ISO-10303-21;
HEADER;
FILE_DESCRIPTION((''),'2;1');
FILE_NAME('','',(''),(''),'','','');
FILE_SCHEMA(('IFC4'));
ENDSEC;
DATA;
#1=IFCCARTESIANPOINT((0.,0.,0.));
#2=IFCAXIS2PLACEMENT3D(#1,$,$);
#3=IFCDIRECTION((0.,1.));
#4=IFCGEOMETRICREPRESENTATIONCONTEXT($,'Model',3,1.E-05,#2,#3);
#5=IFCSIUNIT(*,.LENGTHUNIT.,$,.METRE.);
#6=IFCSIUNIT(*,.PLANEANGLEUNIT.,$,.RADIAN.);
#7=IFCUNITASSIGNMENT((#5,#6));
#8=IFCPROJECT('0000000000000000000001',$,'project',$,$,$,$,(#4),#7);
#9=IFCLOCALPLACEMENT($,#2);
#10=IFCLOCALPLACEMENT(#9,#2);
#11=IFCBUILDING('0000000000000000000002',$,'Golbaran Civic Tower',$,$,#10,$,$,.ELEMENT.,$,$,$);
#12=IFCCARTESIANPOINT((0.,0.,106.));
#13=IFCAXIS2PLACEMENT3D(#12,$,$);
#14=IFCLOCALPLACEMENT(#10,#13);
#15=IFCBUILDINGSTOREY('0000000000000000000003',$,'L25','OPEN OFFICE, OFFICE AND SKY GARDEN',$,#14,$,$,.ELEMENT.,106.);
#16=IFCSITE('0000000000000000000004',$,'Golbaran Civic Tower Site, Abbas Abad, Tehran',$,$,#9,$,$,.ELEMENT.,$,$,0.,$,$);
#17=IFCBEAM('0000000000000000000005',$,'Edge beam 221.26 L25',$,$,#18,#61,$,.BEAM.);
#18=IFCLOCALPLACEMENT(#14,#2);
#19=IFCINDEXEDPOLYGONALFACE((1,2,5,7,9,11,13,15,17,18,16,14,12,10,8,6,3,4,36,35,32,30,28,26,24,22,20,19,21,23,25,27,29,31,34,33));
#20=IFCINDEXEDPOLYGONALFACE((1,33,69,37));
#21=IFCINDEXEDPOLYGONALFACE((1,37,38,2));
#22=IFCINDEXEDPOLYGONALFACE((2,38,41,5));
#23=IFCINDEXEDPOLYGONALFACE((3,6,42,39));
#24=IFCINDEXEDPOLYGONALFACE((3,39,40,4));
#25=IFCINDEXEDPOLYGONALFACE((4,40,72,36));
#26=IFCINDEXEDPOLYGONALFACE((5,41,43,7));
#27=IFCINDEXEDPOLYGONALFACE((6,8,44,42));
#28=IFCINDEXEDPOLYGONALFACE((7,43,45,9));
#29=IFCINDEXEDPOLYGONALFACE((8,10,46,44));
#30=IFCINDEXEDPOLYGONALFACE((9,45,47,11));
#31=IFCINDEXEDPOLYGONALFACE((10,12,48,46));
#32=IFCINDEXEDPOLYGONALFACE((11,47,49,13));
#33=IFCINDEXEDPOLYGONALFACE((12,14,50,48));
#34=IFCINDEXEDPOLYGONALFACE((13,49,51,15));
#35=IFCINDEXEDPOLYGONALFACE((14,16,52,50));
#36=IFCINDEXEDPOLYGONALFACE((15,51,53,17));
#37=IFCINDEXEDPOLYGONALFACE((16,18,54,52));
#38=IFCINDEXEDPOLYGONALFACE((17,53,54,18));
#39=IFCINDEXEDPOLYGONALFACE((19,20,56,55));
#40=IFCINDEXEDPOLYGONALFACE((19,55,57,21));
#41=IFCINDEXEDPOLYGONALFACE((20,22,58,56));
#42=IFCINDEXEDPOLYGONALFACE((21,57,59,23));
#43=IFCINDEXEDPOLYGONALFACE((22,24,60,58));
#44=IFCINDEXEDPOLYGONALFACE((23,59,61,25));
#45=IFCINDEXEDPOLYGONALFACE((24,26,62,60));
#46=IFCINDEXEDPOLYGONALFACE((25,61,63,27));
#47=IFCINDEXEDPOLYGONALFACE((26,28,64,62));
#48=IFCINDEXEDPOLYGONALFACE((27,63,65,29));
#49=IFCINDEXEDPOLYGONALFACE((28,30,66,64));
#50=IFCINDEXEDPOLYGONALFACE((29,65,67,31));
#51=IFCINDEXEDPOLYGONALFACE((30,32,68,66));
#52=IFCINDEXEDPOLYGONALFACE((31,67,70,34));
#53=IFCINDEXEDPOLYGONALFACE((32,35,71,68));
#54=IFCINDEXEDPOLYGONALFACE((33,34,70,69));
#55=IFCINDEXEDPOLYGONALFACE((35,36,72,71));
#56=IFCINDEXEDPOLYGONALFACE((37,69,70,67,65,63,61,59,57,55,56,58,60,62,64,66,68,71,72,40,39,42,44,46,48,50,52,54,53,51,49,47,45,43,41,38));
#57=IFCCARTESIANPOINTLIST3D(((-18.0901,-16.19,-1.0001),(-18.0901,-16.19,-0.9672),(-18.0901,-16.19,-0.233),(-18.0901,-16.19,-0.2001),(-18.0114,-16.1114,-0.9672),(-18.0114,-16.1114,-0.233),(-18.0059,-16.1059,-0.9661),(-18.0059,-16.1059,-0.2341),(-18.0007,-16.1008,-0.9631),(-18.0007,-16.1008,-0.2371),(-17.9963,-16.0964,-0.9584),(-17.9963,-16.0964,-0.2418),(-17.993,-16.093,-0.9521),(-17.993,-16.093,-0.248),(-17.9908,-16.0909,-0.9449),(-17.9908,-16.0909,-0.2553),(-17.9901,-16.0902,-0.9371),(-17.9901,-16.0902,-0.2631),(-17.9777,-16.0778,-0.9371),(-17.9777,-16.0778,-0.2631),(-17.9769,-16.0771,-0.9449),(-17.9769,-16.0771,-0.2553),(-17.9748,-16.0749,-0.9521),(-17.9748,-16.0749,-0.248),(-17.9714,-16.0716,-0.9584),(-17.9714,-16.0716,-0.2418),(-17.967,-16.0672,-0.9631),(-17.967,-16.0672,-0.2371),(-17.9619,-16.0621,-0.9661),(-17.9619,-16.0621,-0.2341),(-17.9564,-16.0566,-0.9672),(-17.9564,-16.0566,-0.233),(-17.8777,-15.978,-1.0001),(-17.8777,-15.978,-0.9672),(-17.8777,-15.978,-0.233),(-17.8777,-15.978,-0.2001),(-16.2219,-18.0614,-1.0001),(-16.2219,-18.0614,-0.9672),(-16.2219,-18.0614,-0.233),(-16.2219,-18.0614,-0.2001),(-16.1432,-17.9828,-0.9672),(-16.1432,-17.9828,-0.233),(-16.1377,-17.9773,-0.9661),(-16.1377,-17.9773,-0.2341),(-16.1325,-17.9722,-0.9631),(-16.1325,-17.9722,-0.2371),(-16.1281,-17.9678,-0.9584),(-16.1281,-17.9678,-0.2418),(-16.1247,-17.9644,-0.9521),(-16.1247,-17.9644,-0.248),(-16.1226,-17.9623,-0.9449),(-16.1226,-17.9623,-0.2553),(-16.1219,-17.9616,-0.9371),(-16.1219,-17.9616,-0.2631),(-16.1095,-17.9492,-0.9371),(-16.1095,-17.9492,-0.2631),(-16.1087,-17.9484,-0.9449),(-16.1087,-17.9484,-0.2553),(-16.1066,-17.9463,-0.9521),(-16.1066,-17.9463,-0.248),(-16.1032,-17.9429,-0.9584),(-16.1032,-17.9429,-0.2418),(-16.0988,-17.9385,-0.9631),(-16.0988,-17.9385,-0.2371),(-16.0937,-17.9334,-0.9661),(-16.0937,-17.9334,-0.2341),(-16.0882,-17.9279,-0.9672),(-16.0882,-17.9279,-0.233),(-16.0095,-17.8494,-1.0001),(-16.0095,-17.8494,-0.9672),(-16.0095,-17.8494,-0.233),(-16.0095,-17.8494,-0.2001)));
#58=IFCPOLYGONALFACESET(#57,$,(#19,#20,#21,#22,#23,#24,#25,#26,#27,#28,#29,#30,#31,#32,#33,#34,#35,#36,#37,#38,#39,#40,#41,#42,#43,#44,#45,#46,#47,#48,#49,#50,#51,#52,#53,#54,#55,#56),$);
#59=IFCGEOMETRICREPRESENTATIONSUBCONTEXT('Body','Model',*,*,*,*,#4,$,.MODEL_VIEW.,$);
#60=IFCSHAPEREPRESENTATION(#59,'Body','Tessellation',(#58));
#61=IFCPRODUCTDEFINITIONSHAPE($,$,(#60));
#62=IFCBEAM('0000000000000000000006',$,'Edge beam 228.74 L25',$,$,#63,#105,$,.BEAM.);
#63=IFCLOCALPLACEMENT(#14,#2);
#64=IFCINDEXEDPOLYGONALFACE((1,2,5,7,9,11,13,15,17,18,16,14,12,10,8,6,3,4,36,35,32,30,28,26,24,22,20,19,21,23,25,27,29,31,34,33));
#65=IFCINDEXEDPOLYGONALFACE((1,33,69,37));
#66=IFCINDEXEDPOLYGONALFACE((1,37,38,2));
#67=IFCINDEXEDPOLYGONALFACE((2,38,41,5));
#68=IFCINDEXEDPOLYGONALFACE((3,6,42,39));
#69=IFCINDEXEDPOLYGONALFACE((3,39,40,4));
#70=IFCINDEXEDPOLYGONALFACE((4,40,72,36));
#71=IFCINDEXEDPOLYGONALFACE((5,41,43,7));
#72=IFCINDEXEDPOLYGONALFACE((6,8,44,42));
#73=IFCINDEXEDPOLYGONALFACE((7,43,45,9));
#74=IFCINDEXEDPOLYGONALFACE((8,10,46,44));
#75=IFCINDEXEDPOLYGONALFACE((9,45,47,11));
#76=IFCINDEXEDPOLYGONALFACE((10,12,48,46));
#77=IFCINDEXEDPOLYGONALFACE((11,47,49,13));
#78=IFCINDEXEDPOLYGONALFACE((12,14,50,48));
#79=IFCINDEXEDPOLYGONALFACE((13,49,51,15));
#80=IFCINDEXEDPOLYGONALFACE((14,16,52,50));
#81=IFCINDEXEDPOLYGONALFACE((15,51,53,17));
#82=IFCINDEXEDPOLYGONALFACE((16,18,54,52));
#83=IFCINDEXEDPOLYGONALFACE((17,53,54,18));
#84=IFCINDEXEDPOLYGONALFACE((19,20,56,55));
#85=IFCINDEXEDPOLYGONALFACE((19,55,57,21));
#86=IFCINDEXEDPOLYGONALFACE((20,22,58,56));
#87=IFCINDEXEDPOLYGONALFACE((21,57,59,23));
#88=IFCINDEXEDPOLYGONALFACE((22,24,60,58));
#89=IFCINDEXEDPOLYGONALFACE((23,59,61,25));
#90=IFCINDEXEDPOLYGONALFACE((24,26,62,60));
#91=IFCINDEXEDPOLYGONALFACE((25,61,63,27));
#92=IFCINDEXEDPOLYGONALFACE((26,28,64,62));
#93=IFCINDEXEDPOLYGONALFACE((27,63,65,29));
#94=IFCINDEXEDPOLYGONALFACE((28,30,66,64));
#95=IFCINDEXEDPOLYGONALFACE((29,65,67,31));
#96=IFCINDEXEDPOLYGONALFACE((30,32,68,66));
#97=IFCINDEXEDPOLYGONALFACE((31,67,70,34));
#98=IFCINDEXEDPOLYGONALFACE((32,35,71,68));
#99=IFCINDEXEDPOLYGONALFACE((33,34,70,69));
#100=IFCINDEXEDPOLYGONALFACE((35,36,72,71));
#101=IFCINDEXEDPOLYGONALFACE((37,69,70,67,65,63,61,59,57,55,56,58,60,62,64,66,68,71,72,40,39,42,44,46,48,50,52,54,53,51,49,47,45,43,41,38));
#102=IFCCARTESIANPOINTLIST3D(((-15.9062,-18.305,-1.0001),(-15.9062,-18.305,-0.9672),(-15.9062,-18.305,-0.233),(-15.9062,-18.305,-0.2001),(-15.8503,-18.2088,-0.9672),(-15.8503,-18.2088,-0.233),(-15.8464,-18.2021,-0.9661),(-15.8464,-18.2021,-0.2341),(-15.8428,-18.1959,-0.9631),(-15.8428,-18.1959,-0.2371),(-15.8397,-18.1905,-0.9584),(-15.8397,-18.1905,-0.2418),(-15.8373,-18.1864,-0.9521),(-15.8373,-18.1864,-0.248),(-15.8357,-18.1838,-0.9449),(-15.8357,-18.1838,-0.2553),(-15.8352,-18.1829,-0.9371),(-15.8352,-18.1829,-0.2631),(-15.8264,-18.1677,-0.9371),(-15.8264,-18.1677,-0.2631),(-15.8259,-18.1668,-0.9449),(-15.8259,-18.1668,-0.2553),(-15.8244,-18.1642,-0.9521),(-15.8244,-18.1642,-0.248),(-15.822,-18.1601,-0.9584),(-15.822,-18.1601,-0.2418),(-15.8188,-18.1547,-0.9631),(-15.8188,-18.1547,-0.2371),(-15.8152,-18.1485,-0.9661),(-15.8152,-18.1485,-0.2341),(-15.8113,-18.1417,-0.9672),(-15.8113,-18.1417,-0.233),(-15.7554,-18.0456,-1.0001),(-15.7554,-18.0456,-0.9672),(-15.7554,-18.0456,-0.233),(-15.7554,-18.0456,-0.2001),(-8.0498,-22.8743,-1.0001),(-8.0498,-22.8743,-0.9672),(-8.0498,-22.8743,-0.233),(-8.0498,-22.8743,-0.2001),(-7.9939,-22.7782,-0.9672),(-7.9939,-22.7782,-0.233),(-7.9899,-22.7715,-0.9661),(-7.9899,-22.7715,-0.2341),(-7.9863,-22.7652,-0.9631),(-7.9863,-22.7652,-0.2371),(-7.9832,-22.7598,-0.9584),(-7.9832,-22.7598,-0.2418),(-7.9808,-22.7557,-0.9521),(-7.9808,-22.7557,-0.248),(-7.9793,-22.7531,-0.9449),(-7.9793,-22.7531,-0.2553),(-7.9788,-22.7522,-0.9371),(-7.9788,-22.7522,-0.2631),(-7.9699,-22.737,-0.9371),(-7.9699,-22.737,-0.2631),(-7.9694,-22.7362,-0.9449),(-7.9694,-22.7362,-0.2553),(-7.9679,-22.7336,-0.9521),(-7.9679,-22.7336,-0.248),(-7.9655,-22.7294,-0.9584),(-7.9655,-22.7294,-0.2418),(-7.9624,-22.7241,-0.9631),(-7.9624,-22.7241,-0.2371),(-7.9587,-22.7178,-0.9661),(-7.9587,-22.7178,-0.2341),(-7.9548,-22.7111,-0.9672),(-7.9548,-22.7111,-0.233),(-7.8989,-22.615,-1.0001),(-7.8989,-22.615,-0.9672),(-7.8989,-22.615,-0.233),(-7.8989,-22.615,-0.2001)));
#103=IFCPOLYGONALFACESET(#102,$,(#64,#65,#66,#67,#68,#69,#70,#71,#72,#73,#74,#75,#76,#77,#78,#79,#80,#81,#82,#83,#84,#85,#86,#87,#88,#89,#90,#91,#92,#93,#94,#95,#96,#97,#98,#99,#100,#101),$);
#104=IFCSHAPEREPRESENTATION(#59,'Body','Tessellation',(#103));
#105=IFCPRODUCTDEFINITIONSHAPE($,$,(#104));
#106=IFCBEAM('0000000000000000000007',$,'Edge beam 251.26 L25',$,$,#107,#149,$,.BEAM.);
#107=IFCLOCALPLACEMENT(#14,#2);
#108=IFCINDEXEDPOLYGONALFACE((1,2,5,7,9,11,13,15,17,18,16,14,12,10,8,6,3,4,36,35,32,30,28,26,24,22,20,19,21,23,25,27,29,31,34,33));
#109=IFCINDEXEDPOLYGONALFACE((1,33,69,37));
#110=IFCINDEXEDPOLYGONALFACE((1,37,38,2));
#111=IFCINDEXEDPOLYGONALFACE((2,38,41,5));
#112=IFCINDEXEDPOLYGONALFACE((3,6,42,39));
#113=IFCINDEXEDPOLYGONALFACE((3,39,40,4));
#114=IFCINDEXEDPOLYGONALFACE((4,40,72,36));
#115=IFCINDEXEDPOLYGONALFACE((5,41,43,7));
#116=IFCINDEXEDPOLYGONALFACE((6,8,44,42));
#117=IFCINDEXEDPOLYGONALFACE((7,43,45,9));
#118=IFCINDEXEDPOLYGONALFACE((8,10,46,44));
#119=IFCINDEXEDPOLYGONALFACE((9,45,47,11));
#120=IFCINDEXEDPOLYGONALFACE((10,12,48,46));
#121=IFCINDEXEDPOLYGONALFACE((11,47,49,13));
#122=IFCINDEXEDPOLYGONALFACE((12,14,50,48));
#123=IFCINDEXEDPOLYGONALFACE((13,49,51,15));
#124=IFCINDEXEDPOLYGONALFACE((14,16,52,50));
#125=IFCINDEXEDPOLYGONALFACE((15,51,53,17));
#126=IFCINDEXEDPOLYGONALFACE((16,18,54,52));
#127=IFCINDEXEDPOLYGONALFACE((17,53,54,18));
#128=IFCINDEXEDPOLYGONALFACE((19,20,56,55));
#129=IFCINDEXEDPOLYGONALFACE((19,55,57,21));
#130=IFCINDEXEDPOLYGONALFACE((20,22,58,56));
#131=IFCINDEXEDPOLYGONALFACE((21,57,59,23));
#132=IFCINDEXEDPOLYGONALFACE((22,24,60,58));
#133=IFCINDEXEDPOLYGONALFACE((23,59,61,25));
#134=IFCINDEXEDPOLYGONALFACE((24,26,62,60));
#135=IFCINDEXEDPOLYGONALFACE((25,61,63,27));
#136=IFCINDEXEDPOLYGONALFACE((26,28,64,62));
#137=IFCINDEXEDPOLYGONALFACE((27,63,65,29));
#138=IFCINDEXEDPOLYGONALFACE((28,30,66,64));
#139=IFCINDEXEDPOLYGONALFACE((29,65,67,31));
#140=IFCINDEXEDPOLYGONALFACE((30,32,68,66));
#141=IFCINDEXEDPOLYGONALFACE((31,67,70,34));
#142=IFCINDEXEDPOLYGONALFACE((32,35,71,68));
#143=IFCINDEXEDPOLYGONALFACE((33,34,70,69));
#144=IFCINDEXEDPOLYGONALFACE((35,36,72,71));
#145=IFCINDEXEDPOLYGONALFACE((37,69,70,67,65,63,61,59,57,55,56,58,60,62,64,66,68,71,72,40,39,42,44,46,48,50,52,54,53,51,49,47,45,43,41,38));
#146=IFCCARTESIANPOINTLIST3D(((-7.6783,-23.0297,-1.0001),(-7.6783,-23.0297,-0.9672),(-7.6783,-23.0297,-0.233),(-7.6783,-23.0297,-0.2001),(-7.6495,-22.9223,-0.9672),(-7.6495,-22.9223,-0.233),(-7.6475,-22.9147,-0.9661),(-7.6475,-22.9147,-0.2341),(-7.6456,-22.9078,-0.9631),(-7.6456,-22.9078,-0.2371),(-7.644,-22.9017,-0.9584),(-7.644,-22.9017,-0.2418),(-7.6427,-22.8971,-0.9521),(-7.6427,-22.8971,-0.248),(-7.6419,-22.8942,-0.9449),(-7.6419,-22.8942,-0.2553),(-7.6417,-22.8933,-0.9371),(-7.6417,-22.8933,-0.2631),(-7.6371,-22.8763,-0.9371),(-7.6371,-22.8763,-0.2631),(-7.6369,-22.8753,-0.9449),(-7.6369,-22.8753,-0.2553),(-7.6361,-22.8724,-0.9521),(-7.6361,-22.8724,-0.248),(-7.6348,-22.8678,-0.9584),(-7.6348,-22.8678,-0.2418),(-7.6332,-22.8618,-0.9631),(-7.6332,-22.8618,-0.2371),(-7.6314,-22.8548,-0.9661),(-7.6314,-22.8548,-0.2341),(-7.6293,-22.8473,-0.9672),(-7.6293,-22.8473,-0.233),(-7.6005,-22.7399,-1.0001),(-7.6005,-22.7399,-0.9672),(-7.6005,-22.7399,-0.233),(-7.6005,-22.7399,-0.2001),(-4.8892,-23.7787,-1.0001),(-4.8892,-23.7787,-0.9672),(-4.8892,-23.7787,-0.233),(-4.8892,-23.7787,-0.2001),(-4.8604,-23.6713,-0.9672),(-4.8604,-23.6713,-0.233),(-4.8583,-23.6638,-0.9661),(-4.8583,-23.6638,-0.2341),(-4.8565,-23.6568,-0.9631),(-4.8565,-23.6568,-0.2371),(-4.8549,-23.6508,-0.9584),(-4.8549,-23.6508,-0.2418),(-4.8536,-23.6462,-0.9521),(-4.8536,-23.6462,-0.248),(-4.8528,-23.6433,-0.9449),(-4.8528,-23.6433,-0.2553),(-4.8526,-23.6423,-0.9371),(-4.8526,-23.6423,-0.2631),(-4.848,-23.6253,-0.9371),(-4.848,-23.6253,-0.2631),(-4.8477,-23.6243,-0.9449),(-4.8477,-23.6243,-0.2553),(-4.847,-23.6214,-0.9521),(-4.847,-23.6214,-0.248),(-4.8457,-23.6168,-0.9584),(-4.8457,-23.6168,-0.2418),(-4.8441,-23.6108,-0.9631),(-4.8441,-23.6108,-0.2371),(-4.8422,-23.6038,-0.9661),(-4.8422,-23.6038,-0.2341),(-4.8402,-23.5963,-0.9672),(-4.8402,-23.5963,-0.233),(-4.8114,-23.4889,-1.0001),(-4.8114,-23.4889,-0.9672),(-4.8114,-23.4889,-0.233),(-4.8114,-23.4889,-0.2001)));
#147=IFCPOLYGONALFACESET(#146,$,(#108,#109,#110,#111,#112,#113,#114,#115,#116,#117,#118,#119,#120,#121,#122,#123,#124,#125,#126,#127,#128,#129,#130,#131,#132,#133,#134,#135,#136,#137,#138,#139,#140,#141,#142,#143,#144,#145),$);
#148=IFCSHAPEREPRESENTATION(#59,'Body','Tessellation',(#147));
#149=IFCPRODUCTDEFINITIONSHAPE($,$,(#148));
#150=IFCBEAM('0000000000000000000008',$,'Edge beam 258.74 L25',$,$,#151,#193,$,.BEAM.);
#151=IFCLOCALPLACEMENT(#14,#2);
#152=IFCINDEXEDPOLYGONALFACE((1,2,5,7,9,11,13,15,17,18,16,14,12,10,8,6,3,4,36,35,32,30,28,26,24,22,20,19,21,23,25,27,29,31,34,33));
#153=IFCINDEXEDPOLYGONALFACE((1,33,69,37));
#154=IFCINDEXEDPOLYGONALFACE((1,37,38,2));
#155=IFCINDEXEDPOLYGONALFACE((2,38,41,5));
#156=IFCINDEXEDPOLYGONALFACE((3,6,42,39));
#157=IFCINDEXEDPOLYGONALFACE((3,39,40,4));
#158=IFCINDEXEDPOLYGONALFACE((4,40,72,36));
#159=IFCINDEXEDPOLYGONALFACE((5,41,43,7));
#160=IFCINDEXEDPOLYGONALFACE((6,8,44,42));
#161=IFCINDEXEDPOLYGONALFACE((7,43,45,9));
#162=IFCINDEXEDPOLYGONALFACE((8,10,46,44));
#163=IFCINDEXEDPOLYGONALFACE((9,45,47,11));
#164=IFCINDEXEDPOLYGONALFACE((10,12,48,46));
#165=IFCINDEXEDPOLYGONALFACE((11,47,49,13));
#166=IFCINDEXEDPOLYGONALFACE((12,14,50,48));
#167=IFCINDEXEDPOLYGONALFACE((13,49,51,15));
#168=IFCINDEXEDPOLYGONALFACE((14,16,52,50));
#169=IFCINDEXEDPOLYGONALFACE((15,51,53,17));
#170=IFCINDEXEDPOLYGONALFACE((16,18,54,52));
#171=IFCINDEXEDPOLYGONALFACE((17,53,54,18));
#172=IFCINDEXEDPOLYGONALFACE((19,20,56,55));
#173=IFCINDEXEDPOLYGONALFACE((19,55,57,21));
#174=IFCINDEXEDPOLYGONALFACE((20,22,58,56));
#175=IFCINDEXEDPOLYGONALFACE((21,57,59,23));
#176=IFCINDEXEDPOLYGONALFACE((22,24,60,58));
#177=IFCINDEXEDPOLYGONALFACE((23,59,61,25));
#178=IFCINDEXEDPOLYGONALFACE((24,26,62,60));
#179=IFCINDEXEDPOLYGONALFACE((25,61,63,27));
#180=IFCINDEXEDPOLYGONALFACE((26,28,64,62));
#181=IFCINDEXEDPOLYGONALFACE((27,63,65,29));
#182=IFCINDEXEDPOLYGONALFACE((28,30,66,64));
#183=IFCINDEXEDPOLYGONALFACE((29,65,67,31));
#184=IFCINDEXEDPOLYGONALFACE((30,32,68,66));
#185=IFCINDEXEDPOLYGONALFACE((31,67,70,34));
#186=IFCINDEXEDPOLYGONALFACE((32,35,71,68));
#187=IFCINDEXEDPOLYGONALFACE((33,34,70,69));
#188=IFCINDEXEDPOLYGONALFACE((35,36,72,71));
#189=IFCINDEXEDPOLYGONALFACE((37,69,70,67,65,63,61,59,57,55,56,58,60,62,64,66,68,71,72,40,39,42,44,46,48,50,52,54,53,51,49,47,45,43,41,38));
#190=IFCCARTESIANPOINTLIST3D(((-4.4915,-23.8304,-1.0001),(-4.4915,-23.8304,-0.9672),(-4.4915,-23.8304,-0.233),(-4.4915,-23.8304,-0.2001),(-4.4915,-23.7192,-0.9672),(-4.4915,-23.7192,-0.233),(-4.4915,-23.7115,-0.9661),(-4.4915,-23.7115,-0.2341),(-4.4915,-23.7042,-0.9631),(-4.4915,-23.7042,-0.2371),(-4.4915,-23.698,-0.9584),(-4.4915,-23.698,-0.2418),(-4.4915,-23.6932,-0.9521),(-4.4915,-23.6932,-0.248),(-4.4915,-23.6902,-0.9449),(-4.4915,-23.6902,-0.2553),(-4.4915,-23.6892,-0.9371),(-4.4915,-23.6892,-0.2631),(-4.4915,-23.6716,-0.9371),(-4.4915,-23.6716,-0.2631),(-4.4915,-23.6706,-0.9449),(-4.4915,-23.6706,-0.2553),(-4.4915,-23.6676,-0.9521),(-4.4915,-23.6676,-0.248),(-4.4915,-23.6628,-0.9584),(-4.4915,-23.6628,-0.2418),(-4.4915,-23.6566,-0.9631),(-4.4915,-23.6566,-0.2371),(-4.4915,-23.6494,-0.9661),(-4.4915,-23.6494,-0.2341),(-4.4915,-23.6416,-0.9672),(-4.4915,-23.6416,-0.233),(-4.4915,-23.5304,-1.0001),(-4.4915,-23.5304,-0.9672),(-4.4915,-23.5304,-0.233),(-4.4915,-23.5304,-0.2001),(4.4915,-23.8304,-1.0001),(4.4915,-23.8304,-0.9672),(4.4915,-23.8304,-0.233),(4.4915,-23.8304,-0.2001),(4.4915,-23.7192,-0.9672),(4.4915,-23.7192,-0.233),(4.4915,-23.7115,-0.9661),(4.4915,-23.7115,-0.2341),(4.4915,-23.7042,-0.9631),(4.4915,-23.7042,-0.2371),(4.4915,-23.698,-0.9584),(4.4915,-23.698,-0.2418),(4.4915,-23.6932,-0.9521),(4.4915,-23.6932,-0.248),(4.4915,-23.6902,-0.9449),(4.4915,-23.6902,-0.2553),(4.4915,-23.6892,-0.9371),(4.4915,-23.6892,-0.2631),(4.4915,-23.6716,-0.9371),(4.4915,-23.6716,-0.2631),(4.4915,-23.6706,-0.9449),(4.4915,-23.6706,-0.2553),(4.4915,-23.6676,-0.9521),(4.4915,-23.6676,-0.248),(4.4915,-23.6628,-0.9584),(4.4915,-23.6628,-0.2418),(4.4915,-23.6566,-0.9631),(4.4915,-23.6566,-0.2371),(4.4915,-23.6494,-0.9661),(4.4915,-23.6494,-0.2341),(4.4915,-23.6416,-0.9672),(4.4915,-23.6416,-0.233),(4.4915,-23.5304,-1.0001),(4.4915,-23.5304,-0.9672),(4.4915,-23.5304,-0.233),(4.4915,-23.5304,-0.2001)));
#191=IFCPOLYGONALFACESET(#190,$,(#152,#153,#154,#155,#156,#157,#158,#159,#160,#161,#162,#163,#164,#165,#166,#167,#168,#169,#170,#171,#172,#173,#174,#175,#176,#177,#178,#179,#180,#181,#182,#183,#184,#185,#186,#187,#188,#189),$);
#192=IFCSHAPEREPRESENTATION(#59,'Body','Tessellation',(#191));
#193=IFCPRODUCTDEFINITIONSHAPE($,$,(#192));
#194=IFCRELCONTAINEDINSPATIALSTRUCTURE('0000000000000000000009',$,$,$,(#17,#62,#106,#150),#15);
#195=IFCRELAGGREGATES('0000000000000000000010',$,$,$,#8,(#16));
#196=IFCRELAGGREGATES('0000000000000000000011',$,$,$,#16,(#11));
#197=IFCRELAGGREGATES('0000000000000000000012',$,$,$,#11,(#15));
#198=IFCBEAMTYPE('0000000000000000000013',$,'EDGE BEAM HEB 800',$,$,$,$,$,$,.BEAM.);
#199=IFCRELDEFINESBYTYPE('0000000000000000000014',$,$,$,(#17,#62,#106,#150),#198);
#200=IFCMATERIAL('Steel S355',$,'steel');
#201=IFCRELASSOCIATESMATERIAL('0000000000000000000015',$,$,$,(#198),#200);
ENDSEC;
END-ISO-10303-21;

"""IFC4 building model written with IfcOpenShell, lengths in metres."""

from ifc_helpers import new_model, si_unit, direction, frame, origin, origin_2d, place, context, subcontext, project, spatial, i_section, extrude, material, material_profile, profile_set, type_object, element, save


model = new_model("IFC4")

# Units and contexts
model_context = context("Model", 3, precision=1e-05, world=origin(), true_north=direction((0.0, 1.0)))
body_context = subcontext(model_context, "Body", "Model", "MODEL_VIEW")
ifc_project = project(units=[si_unit("LENGTHUNIT", "METRE"), si_unit("PLANEANGLEUNIT", "RADIAN")], contexts=[model_context])

# Site, building, storey
site_placement = place(None, origin())
site = spatial("IfcSite", under=ifc_project, at=site_placement, Name="Golbaran Civic Tower Site, Abbas Abad, Tehran", CompositionType="ELEMENT", RefElevation=0.0)
building_placement = place(site_placement, origin())
building = spatial("IfcBuilding", under=site, at=building_placement, Name="Golbaran Civic Tower", CompositionType="ELEMENT")
storey_placement = place(building_placement, frame((0.0, 0.0, 106.0)))
storey = spatial("IfcBuildingStorey", under=building, at=storey_placement, Name="L25", Description="OPEN OFFICE, OFFICE AND SKY GARDEN", CompositionType="ELEMENT", Elevation=106.0)

# Beams
ifc_material_1 = material(Name="Steel S355", Category="steel")
ifc_material_profile_1 = material_profile(ifc_material_1, i_section(OverallWidth=0.3, OverallDepth=0.8, WebThickness=0.0176, FlangeThickness=0.033, FilletRadius=0.03, at=origin_2d()), Name="HEB 800")
ifc_profile_set_1 = profile_set([ifc_material_profile_1], Name="Steel S355")
beam_type_1 = type_object("IfcBeamType", Name="EDGE BEAM HEB 800", PredefinedType="BEAM", material=ifc_profile_set_1)
beam_1_placement = place(storey_placement, frame((-17.9839, -16.084, -0.6001), z_axis=(0.706506, -0.707707, 0.0), x_axis=(0.707707, 0.706506, 0.0)))
element("IfcBeam", 1, at=beam_1_placement, inside=storey, type_object=beam_type_1, Name="Edge beam 221.26 L25", PredefinedType="BEAM", context=body_context, shape_type="SweptSolid", body=[
    extrude(i_section(OverallWidth=0.3, OverallDepth=0.8, WebThickness=0.0176, FlangeThickness=0.033, FilletRadius=0.03, at=origin_2d()), origin(), (0.0, 0.0, 1.0), 2.6443),
])
beam_2_placement = place(storey_placement, frame((-15.8308, -18.1753, -0.6001), z_axis=(0.864429, -0.502755, 0.0), x_axis=(0.502755, 0.864429, 0.0)))
element("IfcBeam", 2, at=beam_2_placement, inside=storey, type_object=beam_type_1, Name="Edge beam 228.74 L25", PredefinedType="BEAM", context=body_context, shape_type="SweptSolid", body=[
    extrude(i_section(OverallWidth=0.3, OverallDepth=0.8, WebThickness=0.0176, FlangeThickness=0.033, FilletRadius=0.03, at=origin_2d()), origin(), (0.0, 0.0, 1.0), 9.0886),
])
beam_3_placement = place(storey_placement, frame((-7.6394, -22.8848, -0.6001), z_axis=(0.965779, -0.259367, 0.0), x_axis=(0.259367, 0.965779, 0.0)))
element("IfcBeam", 3, at=beam_3_placement, inside=storey, type_object=beam_type_1, Name="Edge beam 251.26 L25", PredefinedType="BEAM", context=body_context, shape_type="SweptSolid", body=[
    extrude(i_section(OverallWidth=0.3, OverallDepth=0.8, WebThickness=0.0176, FlangeThickness=0.033, FilletRadius=0.03, at=origin_2d()), origin(), (0.0, 0.0, 1.0), 2.8879),
])
beam_4_placement = place(storey_placement, frame((-4.4915, -23.6804, -0.6001), z_axis=(1.0, 0.0, 0.0), x_axis=(0.0, 1.0, 0.0)))
element("IfcBeam", 4, at=beam_4_placement, inside=storey, type_object=beam_type_1, Name="Edge beam 258.74 L25", PredefinedType="BEAM", context=body_context, shape_type="SweptSolid", body=[
    extrude(i_section(OverallWidth=0.3, OverallDepth=0.8, WebThickness=0.0176, FlangeThickness=0.033, FilletRadius=0.03, at=origin_2d()), origin(), (0.0, 0.0, 1.0), 8.9829),
])

save(model, "model.ifc")
